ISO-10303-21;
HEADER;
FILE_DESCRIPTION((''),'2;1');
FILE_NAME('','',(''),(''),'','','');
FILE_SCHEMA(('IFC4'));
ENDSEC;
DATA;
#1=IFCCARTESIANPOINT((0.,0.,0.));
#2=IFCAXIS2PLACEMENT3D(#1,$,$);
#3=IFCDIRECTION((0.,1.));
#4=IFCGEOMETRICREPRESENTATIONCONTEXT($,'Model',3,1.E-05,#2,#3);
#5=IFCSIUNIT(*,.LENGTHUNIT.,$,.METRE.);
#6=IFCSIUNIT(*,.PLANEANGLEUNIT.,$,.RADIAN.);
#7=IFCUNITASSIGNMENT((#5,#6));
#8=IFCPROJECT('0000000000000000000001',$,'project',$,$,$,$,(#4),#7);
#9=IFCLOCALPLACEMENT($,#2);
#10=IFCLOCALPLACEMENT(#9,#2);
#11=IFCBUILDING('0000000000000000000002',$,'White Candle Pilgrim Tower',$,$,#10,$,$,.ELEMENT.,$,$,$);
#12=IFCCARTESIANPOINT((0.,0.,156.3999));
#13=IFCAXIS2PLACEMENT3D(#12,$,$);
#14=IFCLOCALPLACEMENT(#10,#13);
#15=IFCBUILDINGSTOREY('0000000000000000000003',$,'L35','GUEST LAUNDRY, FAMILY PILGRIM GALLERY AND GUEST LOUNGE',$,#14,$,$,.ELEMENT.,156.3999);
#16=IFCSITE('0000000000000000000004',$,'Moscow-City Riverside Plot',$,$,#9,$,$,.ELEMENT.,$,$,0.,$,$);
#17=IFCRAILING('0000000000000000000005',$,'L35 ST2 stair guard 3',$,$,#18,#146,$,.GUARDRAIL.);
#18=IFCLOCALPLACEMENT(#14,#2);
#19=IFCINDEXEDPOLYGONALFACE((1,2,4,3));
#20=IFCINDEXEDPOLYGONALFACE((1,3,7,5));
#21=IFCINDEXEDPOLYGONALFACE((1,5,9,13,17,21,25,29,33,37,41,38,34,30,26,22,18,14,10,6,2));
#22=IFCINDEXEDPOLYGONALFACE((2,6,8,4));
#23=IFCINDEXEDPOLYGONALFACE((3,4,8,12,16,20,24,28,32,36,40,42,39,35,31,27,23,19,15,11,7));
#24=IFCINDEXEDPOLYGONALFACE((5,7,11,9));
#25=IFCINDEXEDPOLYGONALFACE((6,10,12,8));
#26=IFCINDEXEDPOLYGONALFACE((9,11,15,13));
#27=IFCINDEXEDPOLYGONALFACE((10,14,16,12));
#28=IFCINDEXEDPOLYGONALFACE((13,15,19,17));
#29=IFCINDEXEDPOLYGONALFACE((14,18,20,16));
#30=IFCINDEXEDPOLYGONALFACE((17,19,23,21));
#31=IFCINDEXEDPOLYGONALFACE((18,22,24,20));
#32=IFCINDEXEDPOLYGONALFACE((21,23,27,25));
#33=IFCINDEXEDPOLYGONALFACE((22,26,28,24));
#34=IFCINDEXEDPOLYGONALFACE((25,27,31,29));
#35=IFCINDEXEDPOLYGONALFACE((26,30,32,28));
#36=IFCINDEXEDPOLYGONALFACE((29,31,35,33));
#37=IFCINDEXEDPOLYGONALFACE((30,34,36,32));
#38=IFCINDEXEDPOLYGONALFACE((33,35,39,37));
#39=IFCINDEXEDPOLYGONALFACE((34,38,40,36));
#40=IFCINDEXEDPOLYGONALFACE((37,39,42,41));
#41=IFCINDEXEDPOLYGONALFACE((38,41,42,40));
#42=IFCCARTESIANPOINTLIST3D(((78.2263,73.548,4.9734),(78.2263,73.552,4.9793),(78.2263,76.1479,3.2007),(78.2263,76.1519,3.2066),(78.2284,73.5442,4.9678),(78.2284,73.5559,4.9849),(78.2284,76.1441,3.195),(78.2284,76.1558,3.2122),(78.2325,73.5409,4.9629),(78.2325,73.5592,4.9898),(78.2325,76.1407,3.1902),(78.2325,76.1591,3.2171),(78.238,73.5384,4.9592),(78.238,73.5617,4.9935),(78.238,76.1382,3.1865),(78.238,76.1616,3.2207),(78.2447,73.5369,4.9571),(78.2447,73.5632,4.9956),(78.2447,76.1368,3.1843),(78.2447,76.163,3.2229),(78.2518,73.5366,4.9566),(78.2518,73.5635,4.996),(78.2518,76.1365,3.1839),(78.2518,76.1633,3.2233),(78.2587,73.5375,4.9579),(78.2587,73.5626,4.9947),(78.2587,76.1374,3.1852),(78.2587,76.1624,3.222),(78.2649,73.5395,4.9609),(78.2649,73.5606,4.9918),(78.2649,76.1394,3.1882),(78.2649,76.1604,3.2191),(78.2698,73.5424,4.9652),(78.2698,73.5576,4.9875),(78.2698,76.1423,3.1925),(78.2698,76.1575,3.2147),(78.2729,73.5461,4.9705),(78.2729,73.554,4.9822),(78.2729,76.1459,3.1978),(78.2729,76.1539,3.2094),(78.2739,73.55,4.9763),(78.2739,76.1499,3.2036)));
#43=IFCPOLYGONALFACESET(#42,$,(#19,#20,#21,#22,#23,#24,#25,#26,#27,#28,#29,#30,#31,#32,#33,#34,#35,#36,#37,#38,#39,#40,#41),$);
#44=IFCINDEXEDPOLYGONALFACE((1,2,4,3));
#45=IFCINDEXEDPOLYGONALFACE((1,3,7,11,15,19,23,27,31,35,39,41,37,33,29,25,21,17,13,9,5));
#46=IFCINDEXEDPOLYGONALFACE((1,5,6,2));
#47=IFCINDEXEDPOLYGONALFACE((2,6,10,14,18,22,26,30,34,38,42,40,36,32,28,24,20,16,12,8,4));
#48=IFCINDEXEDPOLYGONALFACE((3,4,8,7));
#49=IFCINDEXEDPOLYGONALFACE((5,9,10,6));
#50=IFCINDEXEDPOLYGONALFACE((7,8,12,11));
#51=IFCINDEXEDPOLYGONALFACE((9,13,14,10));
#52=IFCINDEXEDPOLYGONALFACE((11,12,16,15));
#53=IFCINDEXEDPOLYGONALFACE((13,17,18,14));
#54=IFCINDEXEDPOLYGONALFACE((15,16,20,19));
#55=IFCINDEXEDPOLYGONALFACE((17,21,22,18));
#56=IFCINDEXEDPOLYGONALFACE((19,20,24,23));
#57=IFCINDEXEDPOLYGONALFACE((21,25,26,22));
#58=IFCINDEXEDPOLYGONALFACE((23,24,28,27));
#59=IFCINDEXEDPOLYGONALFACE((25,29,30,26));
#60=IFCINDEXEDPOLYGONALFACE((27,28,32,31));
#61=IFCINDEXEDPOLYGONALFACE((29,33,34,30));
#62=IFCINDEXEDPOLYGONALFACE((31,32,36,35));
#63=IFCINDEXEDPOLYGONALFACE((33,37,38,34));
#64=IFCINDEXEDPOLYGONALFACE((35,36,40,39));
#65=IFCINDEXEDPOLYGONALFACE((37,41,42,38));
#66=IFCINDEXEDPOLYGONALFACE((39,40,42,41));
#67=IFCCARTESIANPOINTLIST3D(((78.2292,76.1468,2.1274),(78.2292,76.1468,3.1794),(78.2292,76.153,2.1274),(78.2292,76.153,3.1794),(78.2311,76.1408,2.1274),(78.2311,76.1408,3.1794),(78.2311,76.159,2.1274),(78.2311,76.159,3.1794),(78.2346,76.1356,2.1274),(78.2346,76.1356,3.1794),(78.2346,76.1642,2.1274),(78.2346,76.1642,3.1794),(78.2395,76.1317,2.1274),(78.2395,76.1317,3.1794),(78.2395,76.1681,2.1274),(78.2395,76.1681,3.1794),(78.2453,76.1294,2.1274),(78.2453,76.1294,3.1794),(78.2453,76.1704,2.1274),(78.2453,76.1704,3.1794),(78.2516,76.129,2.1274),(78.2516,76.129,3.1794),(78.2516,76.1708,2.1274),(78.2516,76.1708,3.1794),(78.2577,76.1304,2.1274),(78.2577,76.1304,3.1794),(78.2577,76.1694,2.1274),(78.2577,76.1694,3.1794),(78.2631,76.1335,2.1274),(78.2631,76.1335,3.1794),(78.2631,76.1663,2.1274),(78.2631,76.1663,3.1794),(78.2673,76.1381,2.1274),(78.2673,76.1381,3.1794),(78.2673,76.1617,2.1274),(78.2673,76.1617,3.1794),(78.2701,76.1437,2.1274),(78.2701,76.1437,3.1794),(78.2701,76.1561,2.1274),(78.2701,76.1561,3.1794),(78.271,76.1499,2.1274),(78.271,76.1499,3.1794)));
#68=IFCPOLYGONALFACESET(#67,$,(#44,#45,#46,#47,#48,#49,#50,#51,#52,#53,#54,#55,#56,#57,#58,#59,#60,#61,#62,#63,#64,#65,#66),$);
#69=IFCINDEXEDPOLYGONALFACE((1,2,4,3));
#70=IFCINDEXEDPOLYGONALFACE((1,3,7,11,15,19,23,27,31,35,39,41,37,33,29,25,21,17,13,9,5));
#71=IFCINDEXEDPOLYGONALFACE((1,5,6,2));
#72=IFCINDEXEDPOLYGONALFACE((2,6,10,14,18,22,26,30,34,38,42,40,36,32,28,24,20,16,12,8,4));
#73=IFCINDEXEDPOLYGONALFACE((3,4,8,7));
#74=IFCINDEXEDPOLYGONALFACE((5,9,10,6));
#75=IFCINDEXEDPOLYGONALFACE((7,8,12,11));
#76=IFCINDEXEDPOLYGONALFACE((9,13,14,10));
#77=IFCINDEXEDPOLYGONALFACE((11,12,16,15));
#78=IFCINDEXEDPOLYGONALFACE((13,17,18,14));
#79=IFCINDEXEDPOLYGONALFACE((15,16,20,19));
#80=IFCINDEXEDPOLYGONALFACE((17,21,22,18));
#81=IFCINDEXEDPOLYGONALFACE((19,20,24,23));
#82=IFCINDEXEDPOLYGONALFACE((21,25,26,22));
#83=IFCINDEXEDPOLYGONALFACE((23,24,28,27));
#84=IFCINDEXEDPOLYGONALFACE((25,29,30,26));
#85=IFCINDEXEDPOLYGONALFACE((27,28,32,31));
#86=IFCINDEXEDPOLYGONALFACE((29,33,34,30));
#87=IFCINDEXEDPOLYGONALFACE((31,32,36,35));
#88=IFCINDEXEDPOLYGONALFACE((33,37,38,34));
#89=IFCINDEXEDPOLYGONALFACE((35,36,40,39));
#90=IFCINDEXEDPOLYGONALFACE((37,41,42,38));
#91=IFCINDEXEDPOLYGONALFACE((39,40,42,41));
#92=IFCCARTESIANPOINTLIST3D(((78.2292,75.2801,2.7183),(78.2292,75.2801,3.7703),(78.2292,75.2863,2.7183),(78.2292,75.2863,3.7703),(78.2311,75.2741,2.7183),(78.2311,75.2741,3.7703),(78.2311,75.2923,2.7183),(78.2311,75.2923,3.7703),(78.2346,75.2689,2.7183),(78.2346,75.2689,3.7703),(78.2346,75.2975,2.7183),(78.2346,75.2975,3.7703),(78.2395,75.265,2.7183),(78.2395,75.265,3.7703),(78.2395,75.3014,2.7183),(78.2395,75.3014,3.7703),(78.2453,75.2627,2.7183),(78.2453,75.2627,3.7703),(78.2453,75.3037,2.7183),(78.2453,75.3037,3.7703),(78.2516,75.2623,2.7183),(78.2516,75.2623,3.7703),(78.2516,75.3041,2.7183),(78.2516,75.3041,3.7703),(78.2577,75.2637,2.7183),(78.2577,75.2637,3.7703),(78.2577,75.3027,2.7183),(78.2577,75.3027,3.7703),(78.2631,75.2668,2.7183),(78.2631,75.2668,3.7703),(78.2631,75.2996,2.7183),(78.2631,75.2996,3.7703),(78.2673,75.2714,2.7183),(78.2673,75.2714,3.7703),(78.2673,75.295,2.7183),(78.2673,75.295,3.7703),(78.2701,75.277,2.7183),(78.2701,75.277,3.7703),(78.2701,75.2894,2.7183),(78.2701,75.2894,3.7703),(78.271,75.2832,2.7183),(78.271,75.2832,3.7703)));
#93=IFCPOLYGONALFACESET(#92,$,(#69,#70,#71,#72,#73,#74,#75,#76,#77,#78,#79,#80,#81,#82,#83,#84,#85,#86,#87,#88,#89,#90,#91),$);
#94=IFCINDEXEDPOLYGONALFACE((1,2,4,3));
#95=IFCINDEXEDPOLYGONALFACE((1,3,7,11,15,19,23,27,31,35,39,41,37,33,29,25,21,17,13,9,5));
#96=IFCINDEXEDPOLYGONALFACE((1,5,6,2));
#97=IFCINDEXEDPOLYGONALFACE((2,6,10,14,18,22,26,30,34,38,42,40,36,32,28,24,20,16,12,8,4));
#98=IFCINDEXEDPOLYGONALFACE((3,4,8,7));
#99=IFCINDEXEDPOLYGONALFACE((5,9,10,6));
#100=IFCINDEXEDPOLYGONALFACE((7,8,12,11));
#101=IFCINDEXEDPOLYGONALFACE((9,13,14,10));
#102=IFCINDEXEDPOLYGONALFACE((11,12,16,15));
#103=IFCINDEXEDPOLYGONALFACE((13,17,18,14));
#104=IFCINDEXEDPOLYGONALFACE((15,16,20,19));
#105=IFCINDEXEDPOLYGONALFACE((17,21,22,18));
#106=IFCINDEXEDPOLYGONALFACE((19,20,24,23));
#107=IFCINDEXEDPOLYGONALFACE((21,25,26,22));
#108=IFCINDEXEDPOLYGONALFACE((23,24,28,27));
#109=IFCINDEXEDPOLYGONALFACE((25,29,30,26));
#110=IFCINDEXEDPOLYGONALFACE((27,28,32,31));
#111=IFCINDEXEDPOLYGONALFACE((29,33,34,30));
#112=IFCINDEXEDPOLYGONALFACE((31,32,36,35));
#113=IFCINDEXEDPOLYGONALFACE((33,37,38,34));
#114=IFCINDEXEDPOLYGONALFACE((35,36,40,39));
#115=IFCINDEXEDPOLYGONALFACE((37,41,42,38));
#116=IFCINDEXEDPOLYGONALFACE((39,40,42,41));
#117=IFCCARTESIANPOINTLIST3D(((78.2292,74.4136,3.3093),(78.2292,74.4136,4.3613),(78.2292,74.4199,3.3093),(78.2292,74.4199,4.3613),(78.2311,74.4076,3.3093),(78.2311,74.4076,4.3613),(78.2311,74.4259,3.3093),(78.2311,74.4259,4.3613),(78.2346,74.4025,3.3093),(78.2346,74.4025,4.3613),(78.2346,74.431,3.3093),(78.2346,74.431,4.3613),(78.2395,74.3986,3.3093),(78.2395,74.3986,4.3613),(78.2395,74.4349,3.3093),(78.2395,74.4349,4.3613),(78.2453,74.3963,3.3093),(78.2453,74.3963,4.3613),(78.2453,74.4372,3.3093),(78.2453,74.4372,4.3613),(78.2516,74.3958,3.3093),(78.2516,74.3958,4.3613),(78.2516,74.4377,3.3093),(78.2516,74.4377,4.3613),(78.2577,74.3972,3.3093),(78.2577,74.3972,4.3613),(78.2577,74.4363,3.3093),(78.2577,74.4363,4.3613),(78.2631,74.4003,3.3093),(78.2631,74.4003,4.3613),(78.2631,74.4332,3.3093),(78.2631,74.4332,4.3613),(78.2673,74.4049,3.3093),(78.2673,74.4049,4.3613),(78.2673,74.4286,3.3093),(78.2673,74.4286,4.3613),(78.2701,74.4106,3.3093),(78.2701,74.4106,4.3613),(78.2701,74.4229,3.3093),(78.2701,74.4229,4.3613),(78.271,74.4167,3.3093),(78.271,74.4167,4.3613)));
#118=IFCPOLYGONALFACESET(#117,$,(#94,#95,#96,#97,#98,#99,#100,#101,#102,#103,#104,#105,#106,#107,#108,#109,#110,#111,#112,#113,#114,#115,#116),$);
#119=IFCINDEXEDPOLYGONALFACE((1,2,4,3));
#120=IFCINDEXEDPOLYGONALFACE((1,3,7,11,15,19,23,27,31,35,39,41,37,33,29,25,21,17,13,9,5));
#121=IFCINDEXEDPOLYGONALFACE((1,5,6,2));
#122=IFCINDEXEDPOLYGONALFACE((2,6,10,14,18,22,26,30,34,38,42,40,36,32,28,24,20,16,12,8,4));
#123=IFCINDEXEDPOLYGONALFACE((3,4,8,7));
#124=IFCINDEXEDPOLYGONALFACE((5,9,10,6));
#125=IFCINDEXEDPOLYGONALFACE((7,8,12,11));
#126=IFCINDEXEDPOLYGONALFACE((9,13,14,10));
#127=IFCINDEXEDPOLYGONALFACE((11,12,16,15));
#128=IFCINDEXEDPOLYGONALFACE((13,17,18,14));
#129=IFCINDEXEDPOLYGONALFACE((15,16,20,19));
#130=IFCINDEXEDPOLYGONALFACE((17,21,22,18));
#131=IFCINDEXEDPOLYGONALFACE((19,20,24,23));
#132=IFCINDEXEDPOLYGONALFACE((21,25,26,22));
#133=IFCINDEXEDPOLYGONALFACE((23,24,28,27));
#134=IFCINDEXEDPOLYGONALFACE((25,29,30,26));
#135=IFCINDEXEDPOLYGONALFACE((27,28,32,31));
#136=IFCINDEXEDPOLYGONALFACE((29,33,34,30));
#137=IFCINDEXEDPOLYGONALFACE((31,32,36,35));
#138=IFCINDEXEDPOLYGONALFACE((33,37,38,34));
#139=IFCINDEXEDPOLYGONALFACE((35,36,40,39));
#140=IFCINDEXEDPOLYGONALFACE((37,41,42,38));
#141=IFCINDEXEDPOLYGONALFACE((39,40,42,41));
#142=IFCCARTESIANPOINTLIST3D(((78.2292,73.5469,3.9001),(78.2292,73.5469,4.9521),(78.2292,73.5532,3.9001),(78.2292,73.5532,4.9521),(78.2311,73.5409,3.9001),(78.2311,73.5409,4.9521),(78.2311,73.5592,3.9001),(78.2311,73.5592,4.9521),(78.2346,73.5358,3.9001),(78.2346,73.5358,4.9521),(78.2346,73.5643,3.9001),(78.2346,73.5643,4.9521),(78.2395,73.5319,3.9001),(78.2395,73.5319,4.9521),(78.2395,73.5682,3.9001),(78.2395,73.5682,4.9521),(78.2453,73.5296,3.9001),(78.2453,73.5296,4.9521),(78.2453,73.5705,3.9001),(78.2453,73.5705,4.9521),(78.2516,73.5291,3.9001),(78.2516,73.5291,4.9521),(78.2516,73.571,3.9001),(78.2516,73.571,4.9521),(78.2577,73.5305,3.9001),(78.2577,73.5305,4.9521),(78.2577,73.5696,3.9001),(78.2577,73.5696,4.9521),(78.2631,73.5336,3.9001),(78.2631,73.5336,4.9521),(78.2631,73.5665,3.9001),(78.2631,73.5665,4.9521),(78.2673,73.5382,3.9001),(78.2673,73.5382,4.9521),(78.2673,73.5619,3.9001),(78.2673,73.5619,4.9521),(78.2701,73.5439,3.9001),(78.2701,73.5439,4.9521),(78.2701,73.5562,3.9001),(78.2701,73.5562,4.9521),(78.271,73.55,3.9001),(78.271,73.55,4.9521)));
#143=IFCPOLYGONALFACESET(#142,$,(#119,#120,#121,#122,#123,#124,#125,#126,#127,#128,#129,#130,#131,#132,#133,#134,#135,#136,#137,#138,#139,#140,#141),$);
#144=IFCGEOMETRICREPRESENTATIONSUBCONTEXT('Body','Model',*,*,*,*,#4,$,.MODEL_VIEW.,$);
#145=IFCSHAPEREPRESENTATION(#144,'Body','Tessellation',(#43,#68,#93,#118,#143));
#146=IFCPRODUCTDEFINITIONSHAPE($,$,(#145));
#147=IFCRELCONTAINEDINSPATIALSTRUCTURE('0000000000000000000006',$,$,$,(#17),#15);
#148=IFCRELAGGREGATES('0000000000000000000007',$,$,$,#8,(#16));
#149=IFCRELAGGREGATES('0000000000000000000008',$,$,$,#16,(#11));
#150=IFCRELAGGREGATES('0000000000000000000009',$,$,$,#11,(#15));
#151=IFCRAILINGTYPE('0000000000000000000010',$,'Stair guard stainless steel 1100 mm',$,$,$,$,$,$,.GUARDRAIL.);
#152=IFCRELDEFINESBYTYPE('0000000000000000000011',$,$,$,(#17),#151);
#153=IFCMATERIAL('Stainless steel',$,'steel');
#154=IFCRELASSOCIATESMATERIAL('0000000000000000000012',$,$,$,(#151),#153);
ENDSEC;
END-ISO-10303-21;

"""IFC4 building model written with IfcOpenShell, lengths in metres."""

from ifc_helpers import new_model, si_unit, direction, frame, origin, origin_2d, place, context, subcontext, project, spatial, circle, extrude, material, type_object, element, save


model = new_model("IFC4")

# Units and contexts
model_context = context("Model", 3, precision=1e-05, world=origin(), true_north=direction((0.0, 1.0)))
body_context = subcontext(model_context, "Body", "Model", "MODEL_VIEW")
ifc_project = project(units=[si_unit("LENGTHUNIT", "METRE"), si_unit("PLANEANGLEUNIT", "RADIAN")], contexts=[model_context])

# Site, building, storey
site_placement = place(None, origin())
site = spatial("IfcSite", under=ifc_project, at=site_placement, Name="Moscow-City Riverside Plot", CompositionType="ELEMENT", RefElevation=0.0)
building_placement = place(site_placement, origin())
building = spatial("IfcBuilding", under=site, at=building_placement, Name="White Candle Pilgrim Tower", CompositionType="ELEMENT")
storey_placement = place(building_placement, frame((0.0, 0.0, 156.3999)))
storey = spatial("IfcBuildingStorey", under=building, at=storey_placement, Name="L35", Description="GUEST LAUNDRY, FAMILY PILGRIM GALLERY AND GUEST LOUNGE", CompositionType="ELEMENT", Elevation=156.3999)

# Railing
ifc_material_1 = material(Name="Stainless steel", Category="steel")
railing_type_1 = type_object("IfcRailingType", Name="Stair guard stainless steel 1100 mm", PredefinedType="GUARDRAIL", material=ifc_material_1)
railing_1_placement = place(storey_placement, frame((78.25, 76.1499, 2.1274)))
element("IfcRailing", 1, at=railing_1_placement, inside=storey, type_object=railing_type_1, Name="L35 ST2 stair guard 3", PredefinedType="GUARDRAIL", context=body_context, shape_type="SweptSolid", body=[
    extrude(circle(Radius=0.0239, at=origin_2d()), frame((0.0, 0.0, 1.0762), z_axis=(0.0, -0.826216, 0.563354), x_axis=(1.0, 0.0, 0.0)), (0.0, 0.0, 1.0), 3.1467),
    extrude(circle(Radius=0.021, at=origin_2d()), origin(), (0.0, 0.0, 1.0), 1.052),
    extrude(circle(Radius=0.021, at=origin_2d()), frame((0.0, -0.8667, 0.5908)), (0.0, 0.0, 1.0), 1.052),
    extrude(circle(Radius=0.021, at=origin_2d()), frame((0.0, -1.7332, 1.1819)), (0.0, 0.0, 1.0), 1.052),
    extrude(circle(Radius=0.021, at=origin_2d()), frame((0.0, -2.5999, 1.7727)), (0.0, 0.0, 1.0), 1.052),
])

save(model, "model.ifc")
